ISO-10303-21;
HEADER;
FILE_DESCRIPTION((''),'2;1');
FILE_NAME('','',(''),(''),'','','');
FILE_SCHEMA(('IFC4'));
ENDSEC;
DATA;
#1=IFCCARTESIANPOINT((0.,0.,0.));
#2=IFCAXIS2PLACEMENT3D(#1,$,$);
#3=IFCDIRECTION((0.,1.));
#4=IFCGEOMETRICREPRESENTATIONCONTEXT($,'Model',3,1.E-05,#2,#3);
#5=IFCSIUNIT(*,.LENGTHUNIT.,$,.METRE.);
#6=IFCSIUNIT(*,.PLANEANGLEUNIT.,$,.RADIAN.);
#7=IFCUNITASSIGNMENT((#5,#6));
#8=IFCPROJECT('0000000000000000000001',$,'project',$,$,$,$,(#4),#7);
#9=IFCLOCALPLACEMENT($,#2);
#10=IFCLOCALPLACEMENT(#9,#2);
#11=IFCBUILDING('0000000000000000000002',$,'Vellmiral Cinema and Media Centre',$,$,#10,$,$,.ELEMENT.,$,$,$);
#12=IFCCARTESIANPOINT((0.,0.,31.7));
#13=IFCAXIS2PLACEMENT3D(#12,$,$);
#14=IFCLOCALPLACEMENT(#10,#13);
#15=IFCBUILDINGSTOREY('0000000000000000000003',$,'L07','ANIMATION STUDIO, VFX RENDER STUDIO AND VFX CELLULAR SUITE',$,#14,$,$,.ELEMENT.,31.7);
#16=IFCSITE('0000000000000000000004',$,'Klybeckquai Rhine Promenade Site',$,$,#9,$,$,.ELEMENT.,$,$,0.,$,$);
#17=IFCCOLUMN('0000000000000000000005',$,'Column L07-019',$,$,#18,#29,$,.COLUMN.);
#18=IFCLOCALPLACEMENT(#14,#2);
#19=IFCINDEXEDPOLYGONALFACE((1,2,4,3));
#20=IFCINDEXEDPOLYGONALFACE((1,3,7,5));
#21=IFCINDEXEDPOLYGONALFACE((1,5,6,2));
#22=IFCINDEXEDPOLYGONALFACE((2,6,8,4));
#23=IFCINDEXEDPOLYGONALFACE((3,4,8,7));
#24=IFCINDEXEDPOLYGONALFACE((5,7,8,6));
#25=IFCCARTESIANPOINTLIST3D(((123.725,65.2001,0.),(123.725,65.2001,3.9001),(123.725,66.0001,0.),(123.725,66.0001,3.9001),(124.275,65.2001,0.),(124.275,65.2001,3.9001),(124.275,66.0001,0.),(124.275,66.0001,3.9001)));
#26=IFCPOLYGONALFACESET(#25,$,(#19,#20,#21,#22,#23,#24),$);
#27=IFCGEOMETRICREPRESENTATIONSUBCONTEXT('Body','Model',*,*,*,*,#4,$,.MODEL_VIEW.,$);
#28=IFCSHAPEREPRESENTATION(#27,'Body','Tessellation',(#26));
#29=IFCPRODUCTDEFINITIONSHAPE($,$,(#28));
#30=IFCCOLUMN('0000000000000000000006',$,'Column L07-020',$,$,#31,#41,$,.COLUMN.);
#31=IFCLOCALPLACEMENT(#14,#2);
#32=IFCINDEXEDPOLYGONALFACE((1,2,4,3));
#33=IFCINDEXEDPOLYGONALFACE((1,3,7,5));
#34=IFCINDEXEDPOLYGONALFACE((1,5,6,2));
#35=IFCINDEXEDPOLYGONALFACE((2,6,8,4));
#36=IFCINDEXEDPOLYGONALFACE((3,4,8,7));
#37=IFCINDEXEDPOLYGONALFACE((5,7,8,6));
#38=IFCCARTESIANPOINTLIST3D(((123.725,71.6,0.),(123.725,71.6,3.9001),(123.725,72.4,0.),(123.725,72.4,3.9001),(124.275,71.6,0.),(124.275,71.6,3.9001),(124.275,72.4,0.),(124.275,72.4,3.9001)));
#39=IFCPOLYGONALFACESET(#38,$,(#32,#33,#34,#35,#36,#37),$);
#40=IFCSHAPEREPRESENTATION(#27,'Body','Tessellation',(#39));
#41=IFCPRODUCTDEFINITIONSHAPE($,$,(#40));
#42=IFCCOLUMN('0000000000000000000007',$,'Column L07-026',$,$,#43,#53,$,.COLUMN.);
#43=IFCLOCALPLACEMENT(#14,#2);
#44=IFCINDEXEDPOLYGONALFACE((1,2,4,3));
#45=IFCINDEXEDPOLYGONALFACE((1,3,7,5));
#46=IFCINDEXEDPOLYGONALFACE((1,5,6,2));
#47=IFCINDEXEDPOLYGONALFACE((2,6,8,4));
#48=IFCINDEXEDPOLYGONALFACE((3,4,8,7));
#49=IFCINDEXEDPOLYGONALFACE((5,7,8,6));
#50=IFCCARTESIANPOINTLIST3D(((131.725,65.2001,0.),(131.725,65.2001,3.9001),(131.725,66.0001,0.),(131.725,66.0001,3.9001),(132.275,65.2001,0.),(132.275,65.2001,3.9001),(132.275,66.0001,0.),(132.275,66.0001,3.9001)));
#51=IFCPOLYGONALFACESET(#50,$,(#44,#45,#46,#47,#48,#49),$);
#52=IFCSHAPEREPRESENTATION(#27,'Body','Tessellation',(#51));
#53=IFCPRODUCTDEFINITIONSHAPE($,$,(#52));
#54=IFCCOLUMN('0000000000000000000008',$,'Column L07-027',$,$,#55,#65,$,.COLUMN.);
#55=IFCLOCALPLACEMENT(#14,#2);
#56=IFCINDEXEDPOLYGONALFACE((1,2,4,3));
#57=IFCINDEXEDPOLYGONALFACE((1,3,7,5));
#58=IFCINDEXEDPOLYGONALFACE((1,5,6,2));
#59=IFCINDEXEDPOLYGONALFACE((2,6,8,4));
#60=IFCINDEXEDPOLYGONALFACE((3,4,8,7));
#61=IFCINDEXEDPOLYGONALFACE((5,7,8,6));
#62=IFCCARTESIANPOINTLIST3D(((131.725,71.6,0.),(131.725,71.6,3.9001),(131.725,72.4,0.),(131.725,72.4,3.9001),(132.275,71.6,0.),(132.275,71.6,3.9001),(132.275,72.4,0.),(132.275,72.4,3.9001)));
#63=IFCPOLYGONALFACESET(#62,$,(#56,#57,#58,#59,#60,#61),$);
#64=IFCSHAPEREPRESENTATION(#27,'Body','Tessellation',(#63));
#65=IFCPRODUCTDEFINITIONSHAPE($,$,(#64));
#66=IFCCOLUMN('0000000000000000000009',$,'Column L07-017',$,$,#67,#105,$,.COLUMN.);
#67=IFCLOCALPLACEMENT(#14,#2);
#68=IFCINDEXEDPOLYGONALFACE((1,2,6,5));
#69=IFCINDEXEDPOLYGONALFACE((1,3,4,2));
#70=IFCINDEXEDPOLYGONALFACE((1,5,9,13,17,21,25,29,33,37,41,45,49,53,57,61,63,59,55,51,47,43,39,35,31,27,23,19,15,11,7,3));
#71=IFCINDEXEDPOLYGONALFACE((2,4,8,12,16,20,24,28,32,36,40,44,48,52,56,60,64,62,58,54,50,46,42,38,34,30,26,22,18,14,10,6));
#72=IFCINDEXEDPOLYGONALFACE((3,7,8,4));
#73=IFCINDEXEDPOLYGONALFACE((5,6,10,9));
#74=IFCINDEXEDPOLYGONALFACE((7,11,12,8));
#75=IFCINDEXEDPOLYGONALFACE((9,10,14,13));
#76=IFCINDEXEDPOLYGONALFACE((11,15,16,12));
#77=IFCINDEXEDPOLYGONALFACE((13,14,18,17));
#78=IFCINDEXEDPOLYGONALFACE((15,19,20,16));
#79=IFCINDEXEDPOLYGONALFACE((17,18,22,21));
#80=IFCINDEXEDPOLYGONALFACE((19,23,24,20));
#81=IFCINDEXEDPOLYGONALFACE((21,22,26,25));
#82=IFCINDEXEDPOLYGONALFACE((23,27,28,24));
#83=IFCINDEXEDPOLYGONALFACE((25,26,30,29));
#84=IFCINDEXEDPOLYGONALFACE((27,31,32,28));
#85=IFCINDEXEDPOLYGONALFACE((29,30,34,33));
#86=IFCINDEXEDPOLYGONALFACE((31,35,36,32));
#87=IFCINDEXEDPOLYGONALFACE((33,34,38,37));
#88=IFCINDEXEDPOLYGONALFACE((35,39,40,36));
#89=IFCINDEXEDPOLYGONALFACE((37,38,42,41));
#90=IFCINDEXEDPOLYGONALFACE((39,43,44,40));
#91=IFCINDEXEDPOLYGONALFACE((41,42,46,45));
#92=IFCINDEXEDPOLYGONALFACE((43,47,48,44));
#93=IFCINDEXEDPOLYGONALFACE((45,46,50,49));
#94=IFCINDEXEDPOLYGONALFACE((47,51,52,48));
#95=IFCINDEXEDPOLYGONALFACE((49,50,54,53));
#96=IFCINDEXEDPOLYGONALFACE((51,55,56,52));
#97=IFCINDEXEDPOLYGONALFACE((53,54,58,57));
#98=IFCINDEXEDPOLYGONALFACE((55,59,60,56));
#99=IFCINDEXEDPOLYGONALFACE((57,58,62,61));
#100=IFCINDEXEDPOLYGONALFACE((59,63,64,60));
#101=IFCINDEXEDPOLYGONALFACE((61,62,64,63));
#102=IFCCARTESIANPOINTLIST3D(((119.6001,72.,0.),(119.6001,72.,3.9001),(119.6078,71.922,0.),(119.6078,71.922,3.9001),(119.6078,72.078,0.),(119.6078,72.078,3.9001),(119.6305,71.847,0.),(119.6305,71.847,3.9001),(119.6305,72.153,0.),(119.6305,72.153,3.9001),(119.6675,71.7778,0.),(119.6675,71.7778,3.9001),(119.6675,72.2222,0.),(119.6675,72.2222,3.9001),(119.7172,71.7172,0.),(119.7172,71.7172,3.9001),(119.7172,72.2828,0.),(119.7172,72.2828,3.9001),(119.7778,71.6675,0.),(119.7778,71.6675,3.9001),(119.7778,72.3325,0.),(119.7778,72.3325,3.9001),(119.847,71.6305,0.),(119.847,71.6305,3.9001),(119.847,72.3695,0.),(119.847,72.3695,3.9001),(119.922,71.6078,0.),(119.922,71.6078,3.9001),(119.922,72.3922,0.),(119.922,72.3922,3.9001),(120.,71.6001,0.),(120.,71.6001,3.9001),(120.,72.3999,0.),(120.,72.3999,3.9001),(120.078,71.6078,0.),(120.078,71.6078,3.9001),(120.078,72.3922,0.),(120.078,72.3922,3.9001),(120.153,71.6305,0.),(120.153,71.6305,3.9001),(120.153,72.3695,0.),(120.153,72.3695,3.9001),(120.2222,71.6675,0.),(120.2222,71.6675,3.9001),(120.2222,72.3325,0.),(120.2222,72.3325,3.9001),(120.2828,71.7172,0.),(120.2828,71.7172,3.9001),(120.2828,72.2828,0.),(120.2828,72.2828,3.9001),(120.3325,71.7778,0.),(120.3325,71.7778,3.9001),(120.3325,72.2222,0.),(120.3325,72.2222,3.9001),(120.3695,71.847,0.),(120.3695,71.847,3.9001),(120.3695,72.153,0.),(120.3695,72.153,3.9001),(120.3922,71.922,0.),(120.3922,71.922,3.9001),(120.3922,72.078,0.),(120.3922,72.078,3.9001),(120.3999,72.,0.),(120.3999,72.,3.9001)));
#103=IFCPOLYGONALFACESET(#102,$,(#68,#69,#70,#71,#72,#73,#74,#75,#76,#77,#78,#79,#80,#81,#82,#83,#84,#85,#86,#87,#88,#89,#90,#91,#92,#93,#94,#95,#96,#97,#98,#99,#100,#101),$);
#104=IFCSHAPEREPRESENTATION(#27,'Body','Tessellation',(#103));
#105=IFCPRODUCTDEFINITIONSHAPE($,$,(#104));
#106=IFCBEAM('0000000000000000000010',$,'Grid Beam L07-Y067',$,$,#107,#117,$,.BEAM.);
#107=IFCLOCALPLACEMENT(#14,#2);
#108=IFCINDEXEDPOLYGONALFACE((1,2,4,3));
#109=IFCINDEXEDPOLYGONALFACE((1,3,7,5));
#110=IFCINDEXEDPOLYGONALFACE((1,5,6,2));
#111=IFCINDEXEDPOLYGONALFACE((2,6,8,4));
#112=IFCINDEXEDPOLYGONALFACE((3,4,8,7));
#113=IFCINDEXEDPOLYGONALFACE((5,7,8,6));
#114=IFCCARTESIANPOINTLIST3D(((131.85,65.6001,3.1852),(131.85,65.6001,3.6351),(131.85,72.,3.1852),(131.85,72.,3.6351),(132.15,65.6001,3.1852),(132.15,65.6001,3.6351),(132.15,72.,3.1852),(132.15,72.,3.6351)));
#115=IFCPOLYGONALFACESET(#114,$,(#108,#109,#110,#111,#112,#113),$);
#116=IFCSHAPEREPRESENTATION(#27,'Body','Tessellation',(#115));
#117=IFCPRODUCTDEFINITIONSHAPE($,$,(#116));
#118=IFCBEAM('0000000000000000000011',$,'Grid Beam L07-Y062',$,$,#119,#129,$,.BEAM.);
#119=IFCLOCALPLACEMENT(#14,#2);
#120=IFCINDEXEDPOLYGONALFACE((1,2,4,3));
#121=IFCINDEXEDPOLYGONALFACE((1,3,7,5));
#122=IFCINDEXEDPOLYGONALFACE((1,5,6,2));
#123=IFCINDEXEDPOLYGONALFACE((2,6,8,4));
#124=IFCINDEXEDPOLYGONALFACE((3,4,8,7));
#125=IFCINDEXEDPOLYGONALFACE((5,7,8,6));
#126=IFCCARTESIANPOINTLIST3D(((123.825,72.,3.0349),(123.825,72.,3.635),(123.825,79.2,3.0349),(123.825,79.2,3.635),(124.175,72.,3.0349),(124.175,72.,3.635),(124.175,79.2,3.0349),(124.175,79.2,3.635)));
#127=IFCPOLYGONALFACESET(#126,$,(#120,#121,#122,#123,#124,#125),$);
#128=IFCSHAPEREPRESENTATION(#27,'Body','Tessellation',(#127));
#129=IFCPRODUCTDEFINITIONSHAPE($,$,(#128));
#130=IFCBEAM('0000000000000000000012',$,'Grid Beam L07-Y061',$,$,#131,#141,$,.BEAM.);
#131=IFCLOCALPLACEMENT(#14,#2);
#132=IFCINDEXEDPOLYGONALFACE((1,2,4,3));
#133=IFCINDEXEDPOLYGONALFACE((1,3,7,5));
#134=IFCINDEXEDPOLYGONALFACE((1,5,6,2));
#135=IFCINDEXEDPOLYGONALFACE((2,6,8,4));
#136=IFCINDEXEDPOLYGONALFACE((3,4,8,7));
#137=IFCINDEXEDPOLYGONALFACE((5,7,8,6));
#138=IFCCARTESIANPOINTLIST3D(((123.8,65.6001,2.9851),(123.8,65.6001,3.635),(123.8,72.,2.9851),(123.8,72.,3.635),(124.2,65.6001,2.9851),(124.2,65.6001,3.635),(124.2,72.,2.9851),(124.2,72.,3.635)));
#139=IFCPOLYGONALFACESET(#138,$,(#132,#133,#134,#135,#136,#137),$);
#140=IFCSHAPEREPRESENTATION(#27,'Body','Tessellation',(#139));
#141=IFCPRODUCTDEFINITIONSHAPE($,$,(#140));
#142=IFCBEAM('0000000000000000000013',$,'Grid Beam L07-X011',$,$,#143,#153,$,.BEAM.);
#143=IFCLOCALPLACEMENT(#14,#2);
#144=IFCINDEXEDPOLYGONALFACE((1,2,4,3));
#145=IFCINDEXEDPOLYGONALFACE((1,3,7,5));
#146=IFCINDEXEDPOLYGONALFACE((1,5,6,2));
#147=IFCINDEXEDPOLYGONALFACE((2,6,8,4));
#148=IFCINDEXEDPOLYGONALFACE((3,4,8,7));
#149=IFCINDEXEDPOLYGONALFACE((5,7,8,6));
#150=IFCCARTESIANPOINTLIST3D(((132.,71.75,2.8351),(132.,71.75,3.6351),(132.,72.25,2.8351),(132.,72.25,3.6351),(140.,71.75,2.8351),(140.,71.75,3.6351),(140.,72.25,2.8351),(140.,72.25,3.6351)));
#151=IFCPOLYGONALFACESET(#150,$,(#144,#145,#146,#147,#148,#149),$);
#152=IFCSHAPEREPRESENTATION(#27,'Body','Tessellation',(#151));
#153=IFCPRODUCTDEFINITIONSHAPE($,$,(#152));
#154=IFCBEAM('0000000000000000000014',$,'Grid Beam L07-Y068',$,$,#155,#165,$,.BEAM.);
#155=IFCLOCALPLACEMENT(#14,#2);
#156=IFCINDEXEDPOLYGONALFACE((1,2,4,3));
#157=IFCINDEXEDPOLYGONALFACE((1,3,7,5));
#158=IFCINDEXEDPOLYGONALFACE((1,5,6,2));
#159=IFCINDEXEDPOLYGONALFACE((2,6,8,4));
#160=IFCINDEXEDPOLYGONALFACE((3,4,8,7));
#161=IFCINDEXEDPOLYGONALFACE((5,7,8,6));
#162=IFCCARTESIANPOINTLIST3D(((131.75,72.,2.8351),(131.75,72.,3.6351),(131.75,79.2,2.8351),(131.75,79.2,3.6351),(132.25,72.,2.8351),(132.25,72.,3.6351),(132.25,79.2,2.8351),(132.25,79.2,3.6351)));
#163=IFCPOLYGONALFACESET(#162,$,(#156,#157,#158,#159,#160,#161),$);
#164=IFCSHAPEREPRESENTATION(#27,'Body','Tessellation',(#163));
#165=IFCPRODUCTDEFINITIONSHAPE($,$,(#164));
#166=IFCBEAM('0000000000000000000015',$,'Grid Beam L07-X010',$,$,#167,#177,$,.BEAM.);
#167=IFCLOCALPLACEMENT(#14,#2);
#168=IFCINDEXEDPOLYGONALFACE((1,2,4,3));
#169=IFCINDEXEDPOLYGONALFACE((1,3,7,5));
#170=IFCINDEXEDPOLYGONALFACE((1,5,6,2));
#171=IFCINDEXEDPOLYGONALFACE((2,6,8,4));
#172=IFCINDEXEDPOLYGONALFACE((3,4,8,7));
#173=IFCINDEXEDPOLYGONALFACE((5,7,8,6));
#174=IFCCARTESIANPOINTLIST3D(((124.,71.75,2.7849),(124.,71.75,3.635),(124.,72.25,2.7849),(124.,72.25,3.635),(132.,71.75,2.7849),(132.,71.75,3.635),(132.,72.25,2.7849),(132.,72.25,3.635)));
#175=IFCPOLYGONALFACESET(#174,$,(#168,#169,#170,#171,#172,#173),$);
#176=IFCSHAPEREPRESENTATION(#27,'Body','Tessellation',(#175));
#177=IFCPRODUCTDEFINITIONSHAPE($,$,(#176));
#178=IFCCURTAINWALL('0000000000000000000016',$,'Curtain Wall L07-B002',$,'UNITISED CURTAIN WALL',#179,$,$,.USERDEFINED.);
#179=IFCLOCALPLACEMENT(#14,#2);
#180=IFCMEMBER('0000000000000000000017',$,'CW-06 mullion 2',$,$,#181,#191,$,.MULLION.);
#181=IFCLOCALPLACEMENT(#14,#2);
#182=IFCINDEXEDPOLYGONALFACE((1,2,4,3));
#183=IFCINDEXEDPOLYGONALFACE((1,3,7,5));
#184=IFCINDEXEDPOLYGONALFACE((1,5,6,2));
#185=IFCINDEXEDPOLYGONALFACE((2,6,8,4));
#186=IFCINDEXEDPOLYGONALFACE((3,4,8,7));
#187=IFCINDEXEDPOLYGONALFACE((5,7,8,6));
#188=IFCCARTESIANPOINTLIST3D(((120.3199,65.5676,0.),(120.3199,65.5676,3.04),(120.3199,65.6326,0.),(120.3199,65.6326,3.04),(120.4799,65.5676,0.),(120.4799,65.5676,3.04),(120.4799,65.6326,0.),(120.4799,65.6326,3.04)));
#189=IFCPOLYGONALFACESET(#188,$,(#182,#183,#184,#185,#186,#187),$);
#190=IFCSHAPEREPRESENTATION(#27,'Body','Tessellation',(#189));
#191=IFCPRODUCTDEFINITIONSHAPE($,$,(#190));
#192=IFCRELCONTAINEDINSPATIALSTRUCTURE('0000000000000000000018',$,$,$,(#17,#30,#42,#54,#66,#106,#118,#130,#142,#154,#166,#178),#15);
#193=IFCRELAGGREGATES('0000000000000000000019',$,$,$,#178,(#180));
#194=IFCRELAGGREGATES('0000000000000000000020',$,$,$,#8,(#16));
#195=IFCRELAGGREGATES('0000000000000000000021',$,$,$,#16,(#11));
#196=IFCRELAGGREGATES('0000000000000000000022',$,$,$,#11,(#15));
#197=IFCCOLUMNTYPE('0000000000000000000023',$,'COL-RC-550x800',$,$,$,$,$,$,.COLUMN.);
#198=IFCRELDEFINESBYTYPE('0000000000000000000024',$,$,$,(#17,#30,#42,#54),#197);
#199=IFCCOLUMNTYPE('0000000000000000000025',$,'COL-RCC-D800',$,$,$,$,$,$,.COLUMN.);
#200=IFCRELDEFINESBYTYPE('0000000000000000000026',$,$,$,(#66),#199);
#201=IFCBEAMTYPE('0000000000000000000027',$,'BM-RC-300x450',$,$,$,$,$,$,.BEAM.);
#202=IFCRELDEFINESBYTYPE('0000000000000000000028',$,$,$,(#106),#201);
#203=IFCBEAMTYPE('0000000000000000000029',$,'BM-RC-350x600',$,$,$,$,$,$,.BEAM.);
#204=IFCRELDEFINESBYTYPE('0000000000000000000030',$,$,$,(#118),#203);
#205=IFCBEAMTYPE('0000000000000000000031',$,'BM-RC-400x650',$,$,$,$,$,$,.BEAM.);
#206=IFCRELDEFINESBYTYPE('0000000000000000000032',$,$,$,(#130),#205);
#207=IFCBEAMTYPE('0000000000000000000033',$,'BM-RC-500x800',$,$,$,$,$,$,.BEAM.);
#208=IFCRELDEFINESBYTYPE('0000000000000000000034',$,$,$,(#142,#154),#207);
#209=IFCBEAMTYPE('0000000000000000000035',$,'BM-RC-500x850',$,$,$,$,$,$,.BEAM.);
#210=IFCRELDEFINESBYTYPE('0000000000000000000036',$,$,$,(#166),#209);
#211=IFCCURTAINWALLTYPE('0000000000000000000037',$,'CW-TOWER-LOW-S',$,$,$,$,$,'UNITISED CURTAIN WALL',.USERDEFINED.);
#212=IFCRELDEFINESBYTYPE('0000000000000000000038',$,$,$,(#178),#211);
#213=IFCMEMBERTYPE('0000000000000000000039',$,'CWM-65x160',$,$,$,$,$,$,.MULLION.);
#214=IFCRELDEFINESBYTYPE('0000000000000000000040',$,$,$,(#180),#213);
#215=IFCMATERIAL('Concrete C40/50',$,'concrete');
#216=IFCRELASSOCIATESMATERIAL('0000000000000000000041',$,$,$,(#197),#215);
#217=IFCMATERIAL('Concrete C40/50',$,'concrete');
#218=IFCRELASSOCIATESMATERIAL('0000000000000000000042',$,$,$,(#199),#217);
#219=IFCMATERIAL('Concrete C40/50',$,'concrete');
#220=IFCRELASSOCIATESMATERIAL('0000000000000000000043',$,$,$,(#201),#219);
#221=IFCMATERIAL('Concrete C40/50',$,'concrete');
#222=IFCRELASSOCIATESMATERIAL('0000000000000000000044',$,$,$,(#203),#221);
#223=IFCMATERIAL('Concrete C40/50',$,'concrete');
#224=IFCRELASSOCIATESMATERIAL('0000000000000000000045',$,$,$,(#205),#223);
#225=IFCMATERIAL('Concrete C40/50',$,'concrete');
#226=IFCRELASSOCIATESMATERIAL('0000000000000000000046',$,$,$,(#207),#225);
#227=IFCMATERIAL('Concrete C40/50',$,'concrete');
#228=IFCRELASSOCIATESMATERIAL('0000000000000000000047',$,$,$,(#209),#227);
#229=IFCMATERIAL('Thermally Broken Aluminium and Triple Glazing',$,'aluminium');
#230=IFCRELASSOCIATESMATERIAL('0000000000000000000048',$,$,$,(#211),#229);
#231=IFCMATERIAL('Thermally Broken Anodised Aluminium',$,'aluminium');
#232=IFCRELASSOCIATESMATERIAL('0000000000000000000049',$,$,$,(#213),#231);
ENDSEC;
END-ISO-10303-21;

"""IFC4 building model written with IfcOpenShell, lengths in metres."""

from ifc_helpers import new_model, si_unit, direction, frame, origin, origin_2d, place, context, subcontext, project, spatial, rectangle, circle, extrude, material, material_profile, profile_set, type_object, element, aggregate, save


model = new_model("IFC4")

# Units and contexts
model_context = context("Model", 3, precision=1e-05, world=origin(), true_north=direction((0.0, 1.0)))
body_context = subcontext(model_context, "Body", "Model", "MODEL_VIEW")
ifc_project = project(units=[si_unit("LENGTHUNIT", "METRE"), si_unit("PLANEANGLEUNIT", "RADIAN")], contexts=[model_context])

# Site, building, storey
site_placement = place(None, origin())
site = spatial("IfcSite", under=ifc_project, at=site_placement, Name="Klybeckquai Rhine Promenade Site", CompositionType="ELEMENT", RefElevation=0.0)
building_placement = place(site_placement, origin())
building = spatial("IfcBuilding", under=site, at=building_placement, Name="Vellmiral Cinema and Media Centre", CompositionType="ELEMENT")
storey_placement = place(building_placement, frame((0.0, 0.0, 31.7)))
storey = spatial("IfcBuildingStorey", under=building, at=storey_placement, Name="L07", Description="ANIMATION STUDIO, VFX RENDER STUDIO AND VFX CELLULAR SUITE", CompositionType="ELEMENT", Elevation=31.7)

# Columns
ifc_material_1 = material(Name="Concrete C40/50", Category="concrete")
ifc_material_profile_1 = material_profile(ifc_material_1, rectangle(XDim=0.55, YDim=0.8, at=origin_2d()), Name="RC 550x800")
ifc_profile_set_1 = profile_set([ifc_material_profile_1], Name="Concrete C40/50")
column_type_1 = type_object("IfcColumnType", Name="COL-RC-550x800", PredefinedType="COLUMN", material=ifc_profile_set_1)
for number, where, z_axis, x_axis, name in (
    (1, (124.0, 65.6001, 0.0), (0.0, 0.0, 1.0), (1.0, 0.0, 0.0), "Column L07-019"),
    (2, (124.0, 72.0, 0.0), (0.0, 0.0, 1.0), (1.0, 0.0, 0.0), "Column L07-020"),
    (3, (132.0, 65.6001, 0.0), (0.0, 0.0, 1.0), (1.0, 0.0, 0.0), "Column L07-026"),
    (4, (132.0, 72.0, 0.0), (0.0, 0.0, 1.0), (1.0, 0.0, 0.0), "Column L07-027"),
):
    element("IfcColumn", number, at=place(storey_placement, frame(where, z_axis=z_axis, x_axis=x_axis)), inside=storey, type_object=column_type_1, Name=name, PredefinedType="COLUMN", context=body_context, shape_type="SweptSolid", body=[
        extrude(rectangle(XDim=0.55, YDim=0.8, at=origin_2d()), origin(), (0.0, 0.0, 1.0), 3.9001),
    ])
ifc_material_2 = material(Name="Concrete C40/50", Category="concrete")
ifc_material_profile_2 = material_profile(ifc_material_2, circle(Radius=0.3999, at=origin_2d()), Name="RC D800")
ifc_profile_set_2 = profile_set([ifc_material_profile_2], Name="Concrete C40/50")
column_type_2 = type_object("IfcColumnType", Name="COL-RCC-D800", PredefinedType="COLUMN", material=ifc_profile_set_2)
column_placement = place(storey_placement, frame((120.0, 72.0, 0.0), z_axis=(0.0, 0.0, 1.0), x_axis=(1.0, 0.0, 0.0)))
element("IfcColumn", 5, at=column_placement, inside=storey, type_object=column_type_2, Name="Column L07-017", PredefinedType="COLUMN", context=body_context, shape_type="SweptSolid", body=[
    extrude(circle(Radius=0.3999, at=origin_2d()), origin(), (0.0, 0.0, 1.0), 3.9001),
])

# Beams
ifc_material_3 = material(Name="Concrete C40/50", Category="concrete")
ifc_material_profile_3 = material_profile(ifc_material_3, rectangle(XDim=0.3, YDim=0.45, at=origin_2d()), Name="RC 300x450")
ifc_profile_set_3 = profile_set([ifc_material_profile_3], Name="Concrete C40/50")
beam_type_1 = type_object("IfcBeamType", Name="BM-RC-300x450", PredefinedType="BEAM", material=ifc_profile_set_3)
beam_1_placement = place(storey_placement, frame((132.0, 65.6001, 3.4102), z_axis=(0.0, 1.0, 0.0), x_axis=(-1.0, 0.0, 0.0)))
element("IfcBeam", 6, at=beam_1_placement, inside=storey, type_object=beam_type_1, Name="Grid Beam L07-Y067", PredefinedType="BEAM", context=body_context, shape_type="SweptSolid", body=[
    extrude(rectangle(XDim=0.3, YDim=0.45, at=origin_2d()), origin(), (0.0, 0.0, 1.0), 6.3999),
])
ifc_material_4 = material(Name="Concrete C40/50", Category="concrete")
ifc_material_profile_4 = material_profile(ifc_material_4, rectangle(XDim=0.3501, YDim=0.6001, at=origin_2d()), Name="RC 350x600")
ifc_profile_set_4 = profile_set([ifc_material_profile_4], Name="Concrete C40/50")
beam_type_2 = type_object("IfcBeamType", Name="BM-RC-350x600", PredefinedType="BEAM", material=ifc_profile_set_4)
beam_2_placement = place(storey_placement, frame((124.0, 72.0, 3.335), z_axis=(0.0, 1.0, 0.0), x_axis=(-1.0, 0.0, 0.0)))
element("IfcBeam", 7, at=beam_2_placement, inside=storey, type_object=beam_type_2, Name="Grid Beam L07-Y062", PredefinedType="BEAM", context=body_context, shape_type="SweptSolid", body=[
    extrude(rectangle(XDim=0.3501, YDim=0.6001, at=origin_2d()), origin(), (0.0, 0.0, 1.0), 7.2),
])
ifc_material_5 = material(Name="Concrete C40/50", Category="concrete")
ifc_material_profile_5 = material_profile(ifc_material_5, rectangle(XDim=0.3999, YDim=0.6499, at=origin_2d()), Name="RC 400x650")
ifc_profile_set_5 = profile_set([ifc_material_profile_5], Name="Concrete C40/50")
beam_type_3 = type_object("IfcBeamType", Name="BM-RC-400x650", PredefinedType="BEAM", material=ifc_profile_set_5)
beam_3_placement = place(storey_placement, frame((124.0, 65.6001, 3.3101), z_axis=(0.0, 1.0, 0.0), x_axis=(-1.0, 0.0, 0.0)))
element("IfcBeam", 8, at=beam_3_placement, inside=storey, type_object=beam_type_3, Name="Grid Beam L07-Y061", PredefinedType="BEAM", context=body_context, shape_type="SweptSolid", body=[
    extrude(rectangle(XDim=0.3999, YDim=0.6499, at=origin_2d()), origin(), (0.0, 0.0, 1.0), 6.3999),
])
ifc_material_6 = material(Name="Concrete C40/50", Category="concrete")
ifc_material_profile_6 = material_profile(ifc_material_6, rectangle(XDim=0.5, YDim=0.8, at=origin_2d()), Name="RC 500x800")
ifc_profile_set_6 = profile_set([ifc_material_profile_6], Name="Concrete C40/50")
beam_type_4 = type_object("IfcBeamType", Name="BM-RC-500x800", PredefinedType="BEAM", material=ifc_profile_set_6)
beam_4_placement = place(storey_placement, frame((132.0, 72.0, 3.2351), z_axis=(1.0, 0.0, 0.0), x_axis=(0.0, 1.0, 0.0)))
element("IfcBeam", 9, at=beam_4_placement, inside=storey, type_object=beam_type_4, Name="Grid Beam L07-X011", PredefinedType="BEAM", context=body_context, shape_type="SweptSolid", body=[
    extrude(rectangle(XDim=0.5, YDim=0.8, at=origin_2d()), origin(), (0.0, 0.0, 1.0), 8.0),
])
beam_5_placement = place(storey_placement, frame((132.0, 72.0, 3.2351), z_axis=(0.0, 1.0, 0.0), x_axis=(-1.0, 0.0, 0.0)))
element("IfcBeam", 10, at=beam_5_placement, inside=storey, type_object=beam_type_4, Name="Grid Beam L07-Y068", PredefinedType="BEAM", context=body_context, shape_type="SweptSolid", body=[
    extrude(rectangle(XDim=0.5, YDim=0.8, at=origin_2d()), origin(), (0.0, 0.0, 1.0), 7.2),
])
ifc_material_7 = material(Name="Concrete C40/50", Category="concrete")
ifc_material_profile_7 = material_profile(ifc_material_7, rectangle(XDim=0.5, YDim=0.8501, at=origin_2d()), Name="RC 500x850")
ifc_profile_set_7 = profile_set([ifc_material_profile_7], Name="Concrete C40/50")
beam_type_5 = type_object("IfcBeamType", Name="BM-RC-500x850", PredefinedType="BEAM", material=ifc_profile_set_7)
beam_6_placement = place(storey_placement, frame((124.0, 72.0, 3.21), z_axis=(1.0, 0.0, 0.0), x_axis=(0.0, 1.0, 0.0)))
element("IfcBeam", 11, at=beam_6_placement, inside=storey, type_object=beam_type_5, Name="Grid Beam L07-X010", PredefinedType="BEAM", context=body_context, shape_type="SweptSolid", body=[
    extrude(rectangle(XDim=0.5, YDim=0.8501, at=origin_2d()), origin(), (0.0, 0.0, 1.0), 8.0),
])

# Curtain wall, member
ifc_material_8 = material(Name="Thermally Broken Aluminium and Triple Glazing", Category="aluminium")
curtain_wall_type = type_object("IfcCurtainWallType", Name="CW-TOWER-LOW-S", ElementType="UNITISED CURTAIN WALL", PredefinedType="USERDEFINED", material=ifc_material_8)
curtain_wall_placement = place(storey_placement, origin())
curtain_wall = element("IfcCurtainWall", 12, at=curtain_wall_placement, inside=storey, type_object=curtain_wall_type, Name="Curtain Wall L07-B002", ObjectType="UNITISED CURTAIN WALL", PredefinedType="USERDEFINED")
ifc_material_9 = material(Name="Thermally Broken Anodised Aluminium", Category="aluminium")
ifc_material_profile_8 = material_profile(ifc_material_9, rectangle(XDim=0.0649, YDim=0.1599, at=origin_2d()), Name="MULL 65x160")
ifc_profile_set_8 = profile_set([ifc_material_profile_8], Name="Thermally Broken Anodised Aluminium")
member_type_1 = type_object("IfcMemberType", Name="CWM-65x160", PredefinedType="MULLION", material=ifc_profile_set_8)
member_1_placement = place(storey_placement, frame((120.3999, 65.6001, 0.0), z_axis=(0.0, 0.0, 1.0), x_axis=(0.0, 1.0, 0.0)))
member_1 = element("IfcMember", 13, at=member_1_placement, type_object=member_type_1, Name="CW-06 mullion 2", PredefinedType="MULLION", context=body_context, shape_type="SweptSolid", body=[
    extrude(rectangle(XDim=0.0649, YDim=0.1599, at=origin_2d()), origin(), (0.0, 0.0, 1.0), 3.04),
])

aggregate(curtain_wall, [member_1])

save(model, "model.ifc")
